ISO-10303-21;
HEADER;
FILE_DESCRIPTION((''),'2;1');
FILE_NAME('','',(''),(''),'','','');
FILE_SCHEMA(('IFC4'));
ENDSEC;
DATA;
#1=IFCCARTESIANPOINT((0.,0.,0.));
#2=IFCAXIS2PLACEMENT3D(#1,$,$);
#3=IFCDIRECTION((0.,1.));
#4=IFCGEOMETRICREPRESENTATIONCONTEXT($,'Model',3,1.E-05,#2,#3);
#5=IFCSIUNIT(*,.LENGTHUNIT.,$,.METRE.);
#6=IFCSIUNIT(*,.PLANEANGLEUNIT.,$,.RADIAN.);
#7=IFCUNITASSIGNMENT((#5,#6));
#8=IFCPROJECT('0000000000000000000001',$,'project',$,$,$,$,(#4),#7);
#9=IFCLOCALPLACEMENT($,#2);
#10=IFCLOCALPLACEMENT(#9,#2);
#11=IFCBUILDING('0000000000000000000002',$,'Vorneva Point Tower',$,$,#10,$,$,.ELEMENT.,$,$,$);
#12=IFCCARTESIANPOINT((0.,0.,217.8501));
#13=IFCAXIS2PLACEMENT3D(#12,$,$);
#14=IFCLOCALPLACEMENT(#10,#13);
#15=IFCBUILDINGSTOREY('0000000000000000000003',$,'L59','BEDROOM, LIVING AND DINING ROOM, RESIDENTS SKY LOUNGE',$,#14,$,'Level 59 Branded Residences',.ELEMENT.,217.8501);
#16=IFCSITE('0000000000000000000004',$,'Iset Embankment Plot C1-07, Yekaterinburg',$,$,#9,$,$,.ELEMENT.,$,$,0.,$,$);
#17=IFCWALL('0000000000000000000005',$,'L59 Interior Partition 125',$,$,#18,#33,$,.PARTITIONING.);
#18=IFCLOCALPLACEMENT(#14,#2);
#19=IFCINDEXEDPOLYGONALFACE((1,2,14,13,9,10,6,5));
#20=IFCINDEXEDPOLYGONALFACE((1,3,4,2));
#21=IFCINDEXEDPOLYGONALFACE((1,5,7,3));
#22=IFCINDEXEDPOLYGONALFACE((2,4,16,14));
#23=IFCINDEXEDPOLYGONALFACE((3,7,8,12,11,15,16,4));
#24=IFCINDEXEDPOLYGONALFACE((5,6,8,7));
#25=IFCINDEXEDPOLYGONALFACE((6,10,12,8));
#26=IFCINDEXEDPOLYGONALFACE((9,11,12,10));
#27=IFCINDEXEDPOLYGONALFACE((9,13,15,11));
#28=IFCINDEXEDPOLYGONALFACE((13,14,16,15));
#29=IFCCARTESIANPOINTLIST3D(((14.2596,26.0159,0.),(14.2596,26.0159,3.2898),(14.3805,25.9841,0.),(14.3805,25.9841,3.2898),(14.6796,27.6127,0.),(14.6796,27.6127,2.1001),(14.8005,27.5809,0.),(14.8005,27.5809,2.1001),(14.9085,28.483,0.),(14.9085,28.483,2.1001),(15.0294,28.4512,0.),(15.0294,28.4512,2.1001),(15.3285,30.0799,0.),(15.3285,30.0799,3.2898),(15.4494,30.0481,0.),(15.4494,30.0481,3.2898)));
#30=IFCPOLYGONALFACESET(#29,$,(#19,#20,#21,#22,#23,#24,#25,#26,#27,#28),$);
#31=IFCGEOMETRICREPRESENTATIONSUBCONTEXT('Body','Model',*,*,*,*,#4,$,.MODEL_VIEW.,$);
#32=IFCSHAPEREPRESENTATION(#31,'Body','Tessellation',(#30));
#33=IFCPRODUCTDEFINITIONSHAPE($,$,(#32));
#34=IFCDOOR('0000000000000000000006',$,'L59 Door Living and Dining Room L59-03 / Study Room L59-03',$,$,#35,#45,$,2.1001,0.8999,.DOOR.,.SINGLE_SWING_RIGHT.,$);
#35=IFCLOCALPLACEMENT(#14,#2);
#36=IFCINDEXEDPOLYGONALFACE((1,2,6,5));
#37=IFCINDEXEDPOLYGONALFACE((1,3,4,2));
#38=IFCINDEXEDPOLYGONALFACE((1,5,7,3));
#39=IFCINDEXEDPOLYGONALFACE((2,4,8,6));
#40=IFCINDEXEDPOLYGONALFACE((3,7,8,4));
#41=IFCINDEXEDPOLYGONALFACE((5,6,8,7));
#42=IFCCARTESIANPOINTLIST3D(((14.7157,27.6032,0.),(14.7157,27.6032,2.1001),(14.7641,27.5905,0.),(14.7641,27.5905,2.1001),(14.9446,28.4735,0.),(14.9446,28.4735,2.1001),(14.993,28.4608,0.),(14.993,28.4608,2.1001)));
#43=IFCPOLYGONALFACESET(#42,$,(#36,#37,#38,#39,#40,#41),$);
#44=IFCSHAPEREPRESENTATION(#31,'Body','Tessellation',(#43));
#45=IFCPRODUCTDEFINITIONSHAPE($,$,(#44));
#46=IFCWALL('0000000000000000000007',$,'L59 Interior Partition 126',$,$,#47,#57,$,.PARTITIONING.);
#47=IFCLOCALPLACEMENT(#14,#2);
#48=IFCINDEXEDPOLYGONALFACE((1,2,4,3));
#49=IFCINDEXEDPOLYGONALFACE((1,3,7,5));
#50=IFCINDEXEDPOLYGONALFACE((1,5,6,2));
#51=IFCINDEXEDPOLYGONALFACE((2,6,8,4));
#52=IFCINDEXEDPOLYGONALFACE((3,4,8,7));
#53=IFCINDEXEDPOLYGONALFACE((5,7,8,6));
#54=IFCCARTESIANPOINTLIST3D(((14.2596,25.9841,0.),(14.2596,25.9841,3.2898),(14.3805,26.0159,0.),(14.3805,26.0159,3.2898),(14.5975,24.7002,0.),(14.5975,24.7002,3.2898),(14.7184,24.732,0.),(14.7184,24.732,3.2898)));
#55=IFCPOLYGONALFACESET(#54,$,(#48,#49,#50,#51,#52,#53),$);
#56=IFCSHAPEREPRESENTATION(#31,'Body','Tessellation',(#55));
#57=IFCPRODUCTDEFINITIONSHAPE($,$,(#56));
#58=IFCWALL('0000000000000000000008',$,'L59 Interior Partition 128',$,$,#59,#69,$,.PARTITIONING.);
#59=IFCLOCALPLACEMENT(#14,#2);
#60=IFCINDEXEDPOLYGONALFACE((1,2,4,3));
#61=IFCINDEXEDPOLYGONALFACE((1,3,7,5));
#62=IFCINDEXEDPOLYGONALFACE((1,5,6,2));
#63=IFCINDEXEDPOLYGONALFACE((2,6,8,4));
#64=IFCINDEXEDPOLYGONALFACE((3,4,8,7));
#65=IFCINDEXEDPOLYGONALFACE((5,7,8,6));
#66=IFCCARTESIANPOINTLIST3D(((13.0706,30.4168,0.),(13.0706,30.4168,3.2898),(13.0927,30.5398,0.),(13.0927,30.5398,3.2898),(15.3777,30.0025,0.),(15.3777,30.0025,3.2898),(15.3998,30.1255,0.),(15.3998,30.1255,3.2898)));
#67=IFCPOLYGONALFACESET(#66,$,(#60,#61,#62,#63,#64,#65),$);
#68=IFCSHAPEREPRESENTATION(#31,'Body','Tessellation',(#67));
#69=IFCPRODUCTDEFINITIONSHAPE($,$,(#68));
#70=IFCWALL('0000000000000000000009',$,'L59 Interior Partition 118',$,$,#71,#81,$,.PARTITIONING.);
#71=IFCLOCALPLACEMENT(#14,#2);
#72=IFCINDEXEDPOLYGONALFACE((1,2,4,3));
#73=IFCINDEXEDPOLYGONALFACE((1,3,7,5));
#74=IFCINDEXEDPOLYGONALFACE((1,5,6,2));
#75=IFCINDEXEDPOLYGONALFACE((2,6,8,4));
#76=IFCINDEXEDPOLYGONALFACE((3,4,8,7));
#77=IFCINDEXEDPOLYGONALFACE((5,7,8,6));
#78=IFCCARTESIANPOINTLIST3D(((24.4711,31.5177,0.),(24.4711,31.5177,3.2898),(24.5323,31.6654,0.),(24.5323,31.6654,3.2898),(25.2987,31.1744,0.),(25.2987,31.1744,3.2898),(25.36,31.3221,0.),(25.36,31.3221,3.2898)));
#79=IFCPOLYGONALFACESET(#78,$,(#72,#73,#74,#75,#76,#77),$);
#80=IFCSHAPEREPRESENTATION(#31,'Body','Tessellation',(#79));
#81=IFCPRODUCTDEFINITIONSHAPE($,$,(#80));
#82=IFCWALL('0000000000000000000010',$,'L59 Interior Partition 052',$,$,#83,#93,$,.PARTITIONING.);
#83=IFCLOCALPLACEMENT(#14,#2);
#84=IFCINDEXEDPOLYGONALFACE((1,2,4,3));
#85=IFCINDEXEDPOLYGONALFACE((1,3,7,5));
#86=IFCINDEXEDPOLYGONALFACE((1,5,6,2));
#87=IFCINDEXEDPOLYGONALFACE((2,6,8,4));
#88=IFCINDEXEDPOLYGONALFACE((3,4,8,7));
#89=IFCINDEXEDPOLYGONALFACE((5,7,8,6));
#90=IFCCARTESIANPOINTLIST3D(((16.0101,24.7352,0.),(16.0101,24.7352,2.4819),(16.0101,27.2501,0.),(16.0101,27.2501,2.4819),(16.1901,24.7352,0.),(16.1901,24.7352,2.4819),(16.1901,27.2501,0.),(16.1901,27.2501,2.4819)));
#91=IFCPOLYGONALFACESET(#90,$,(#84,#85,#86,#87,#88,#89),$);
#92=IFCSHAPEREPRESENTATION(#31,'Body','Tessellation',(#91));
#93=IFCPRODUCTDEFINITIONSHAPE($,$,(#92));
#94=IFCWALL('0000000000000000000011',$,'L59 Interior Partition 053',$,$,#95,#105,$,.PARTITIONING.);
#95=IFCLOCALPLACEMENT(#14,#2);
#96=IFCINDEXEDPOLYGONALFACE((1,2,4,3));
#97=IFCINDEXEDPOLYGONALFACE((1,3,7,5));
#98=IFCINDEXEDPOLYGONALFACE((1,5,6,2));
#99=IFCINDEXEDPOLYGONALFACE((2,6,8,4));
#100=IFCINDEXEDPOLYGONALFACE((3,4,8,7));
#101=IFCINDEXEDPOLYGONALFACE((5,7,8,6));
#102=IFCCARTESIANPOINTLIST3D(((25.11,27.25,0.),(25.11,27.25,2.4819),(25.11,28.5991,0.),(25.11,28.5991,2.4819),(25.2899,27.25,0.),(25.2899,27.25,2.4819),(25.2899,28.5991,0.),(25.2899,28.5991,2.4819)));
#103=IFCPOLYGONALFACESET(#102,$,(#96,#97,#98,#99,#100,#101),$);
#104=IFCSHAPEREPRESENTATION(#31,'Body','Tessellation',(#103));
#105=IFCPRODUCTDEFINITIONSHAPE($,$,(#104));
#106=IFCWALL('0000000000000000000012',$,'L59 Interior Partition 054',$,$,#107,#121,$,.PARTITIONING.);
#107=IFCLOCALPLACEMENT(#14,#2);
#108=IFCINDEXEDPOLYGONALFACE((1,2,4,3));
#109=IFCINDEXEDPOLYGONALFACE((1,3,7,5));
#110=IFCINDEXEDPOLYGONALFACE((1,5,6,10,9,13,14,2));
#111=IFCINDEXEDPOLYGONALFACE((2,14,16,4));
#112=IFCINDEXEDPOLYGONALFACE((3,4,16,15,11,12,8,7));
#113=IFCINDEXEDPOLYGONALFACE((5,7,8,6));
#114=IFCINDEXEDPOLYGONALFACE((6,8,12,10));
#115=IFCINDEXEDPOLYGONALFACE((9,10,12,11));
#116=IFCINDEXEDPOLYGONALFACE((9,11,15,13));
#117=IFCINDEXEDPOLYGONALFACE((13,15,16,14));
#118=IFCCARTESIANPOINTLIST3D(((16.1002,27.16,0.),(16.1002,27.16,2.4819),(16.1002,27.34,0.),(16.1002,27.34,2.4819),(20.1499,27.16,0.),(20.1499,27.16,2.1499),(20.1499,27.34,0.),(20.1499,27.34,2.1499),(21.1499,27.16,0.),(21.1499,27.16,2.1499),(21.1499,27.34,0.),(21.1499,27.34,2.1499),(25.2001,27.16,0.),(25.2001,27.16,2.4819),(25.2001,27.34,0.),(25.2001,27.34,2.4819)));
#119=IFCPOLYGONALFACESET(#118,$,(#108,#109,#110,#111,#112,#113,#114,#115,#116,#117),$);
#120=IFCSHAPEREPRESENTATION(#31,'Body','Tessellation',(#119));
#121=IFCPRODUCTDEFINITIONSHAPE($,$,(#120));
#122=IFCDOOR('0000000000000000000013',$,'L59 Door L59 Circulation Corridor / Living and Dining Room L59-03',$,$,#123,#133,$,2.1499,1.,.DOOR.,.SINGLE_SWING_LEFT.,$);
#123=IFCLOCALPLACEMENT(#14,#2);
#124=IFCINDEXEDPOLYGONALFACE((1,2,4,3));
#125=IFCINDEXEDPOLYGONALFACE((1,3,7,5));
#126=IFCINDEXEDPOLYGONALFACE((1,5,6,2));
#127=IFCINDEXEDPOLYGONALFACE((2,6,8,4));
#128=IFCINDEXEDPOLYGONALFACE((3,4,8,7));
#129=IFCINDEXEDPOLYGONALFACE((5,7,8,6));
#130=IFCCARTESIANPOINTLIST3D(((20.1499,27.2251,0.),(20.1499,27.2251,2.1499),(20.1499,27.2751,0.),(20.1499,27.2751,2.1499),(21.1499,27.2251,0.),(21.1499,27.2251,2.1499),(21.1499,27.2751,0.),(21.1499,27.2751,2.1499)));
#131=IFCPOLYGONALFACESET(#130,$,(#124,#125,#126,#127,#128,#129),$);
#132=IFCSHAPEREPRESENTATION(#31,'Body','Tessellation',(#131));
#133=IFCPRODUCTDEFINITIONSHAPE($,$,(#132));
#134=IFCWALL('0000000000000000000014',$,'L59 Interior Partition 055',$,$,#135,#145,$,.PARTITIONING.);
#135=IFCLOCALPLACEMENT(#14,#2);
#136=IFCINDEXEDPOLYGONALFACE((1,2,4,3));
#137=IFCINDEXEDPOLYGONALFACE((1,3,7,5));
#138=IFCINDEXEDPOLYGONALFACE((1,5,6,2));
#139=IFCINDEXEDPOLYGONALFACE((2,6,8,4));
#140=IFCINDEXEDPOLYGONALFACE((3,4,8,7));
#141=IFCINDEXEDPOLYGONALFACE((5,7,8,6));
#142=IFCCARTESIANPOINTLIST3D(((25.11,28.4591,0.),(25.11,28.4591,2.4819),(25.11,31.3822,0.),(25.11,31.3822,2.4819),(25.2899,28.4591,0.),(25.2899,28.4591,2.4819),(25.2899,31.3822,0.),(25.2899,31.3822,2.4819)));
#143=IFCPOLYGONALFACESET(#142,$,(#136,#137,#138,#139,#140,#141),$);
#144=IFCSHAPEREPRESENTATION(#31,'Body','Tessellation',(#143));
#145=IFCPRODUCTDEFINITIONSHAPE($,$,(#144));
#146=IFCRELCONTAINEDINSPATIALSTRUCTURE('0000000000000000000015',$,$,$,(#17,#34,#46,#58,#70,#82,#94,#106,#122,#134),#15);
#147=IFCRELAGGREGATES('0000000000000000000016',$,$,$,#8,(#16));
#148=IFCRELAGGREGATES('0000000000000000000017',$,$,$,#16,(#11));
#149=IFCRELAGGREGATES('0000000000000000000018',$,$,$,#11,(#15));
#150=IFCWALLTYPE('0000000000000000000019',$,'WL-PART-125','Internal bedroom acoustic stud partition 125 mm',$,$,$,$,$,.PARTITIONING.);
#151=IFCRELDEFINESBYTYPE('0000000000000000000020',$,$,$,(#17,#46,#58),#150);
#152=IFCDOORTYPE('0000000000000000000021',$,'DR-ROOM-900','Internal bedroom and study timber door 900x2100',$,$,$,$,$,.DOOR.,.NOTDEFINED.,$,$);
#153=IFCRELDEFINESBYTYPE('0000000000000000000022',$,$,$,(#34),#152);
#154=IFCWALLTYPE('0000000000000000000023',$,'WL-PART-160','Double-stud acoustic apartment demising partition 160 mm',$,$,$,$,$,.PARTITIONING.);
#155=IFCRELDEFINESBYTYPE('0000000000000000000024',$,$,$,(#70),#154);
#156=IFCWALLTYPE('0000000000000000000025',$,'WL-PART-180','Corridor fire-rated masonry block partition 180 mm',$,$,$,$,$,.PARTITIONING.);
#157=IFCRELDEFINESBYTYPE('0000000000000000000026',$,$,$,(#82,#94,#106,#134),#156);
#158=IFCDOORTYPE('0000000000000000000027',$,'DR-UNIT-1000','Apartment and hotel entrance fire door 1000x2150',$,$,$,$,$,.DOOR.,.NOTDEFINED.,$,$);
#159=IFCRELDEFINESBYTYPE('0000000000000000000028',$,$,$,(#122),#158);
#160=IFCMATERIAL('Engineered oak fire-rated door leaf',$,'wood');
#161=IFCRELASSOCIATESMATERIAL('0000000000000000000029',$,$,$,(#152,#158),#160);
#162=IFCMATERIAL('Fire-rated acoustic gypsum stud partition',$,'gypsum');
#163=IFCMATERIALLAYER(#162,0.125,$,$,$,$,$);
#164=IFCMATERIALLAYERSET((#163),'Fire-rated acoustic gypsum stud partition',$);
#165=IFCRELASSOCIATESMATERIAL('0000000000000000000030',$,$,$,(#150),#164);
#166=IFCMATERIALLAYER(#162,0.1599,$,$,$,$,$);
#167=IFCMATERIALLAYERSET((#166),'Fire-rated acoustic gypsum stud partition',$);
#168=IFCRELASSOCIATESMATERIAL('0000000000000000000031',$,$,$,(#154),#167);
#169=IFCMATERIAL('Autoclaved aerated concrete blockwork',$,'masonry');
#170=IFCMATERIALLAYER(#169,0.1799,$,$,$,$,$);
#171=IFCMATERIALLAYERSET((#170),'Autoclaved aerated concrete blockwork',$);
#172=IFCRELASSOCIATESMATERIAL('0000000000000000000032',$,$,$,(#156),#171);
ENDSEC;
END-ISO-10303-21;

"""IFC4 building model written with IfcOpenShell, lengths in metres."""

from ifc_helpers import new_model, si_unit, direction, frame, frame_2d, origin, place, context, subcontext, project, spatial, rectangle, extrude, material, layer, layer_set, type_object, element, fill, save


model = new_model("IFC4")

# Units and contexts
model_context = context("Model", 3, precision=1e-05, world=origin(), true_north=direction((0.0, 1.0)))
body_context = subcontext(model_context, "Body", "Model", "MODEL_VIEW")
ifc_project = project(units=[si_unit("LENGTHUNIT", "METRE"), si_unit("PLANEANGLEUNIT", "RADIAN")], contexts=[model_context])

# Site, building, storey
site_placement = place(None, origin())
site = spatial("IfcSite", under=ifc_project, at=site_placement, Name="Iset Embankment Plot C1-07, Yekaterinburg", CompositionType="ELEMENT", RefElevation=0.0)
building_placement = place(site_placement, origin())
building = spatial("IfcBuilding", under=site, at=building_placement, Name="Vorneva Point Tower", CompositionType="ELEMENT")
storey_placement = place(building_placement, frame((0.0, 0.0, 217.8501)))
storey = spatial("IfcBuildingStorey", under=building, at=storey_placement, Name="L59", Description="BEDROOM, LIVING AND DINING ROOM, RESIDENTS SKY LOUNGE", LongName="Level 59 Branded Residences", CompositionType="ELEMENT", Elevation=217.8501)

# Shared definitions
ifc_material_1 = material(Name="Fire-rated acoustic gypsum stud partition", Category="gypsum")
ifc_material_2 = material(Name="Engineered oak fire-rated door leaf", Category="wood")

# Shared definitions
door_type_1 = type_object("IfcDoorType", Name="DR-ROOM-900", Description="Internal bedroom and study timber door 900x2100", OperationType="NOTDEFINED", PredefinedType="DOOR", material=ifc_material_2)

# Wall, opening, door
ifc_layer_1 = layer(ifc_material_1, 0.125)
ifc_layer_set_1 = layer_set([ifc_layer_1], Name="Fire-rated acoustic gypsum stud partition")
wall_type_1 = type_object("IfcWallType", Name="WL-PART-125", Description="Internal bedroom acoustic stud partition 125 mm", PredefinedType="PARTITIONING", material=ifc_layer_set_1)
wall_1_placement = place(storey_placement, frame((15.3889, 30.064, 0.0), z_axis=(0.0, 0.0, 1.0), x_axis=(-0.254356, -0.967111, 0.0)))
wall_1 = element("IfcWall", 1, at=wall_1_placement, inside=storey, type_object=wall_type_1, Name="L59 Interior Partition 125", PredefinedType="PARTITIONING", context=body_context, shape_type="SweptSolid", body=[
    extrude(rectangle(XDim=4.2021, YDim=0.125, at=frame_2d((2.1011, 0.0))), origin(), (0.0, 0.0, 1.0), 3.2898),
])
opening_1_placement = place(wall_1_placement, frame((1.6511, 0.0, 0.0)))
opening_1 = element("IfcOpeningElement", 2, at=opening_1_placement, cuts=wall_1, PredefinedType="OPENING", context=body_context, shape_type="SweptSolid", body=[
    extrude(rectangle(XDim=0.8999, YDim=2.1001, at=frame_2d((0.45, 1.05))), frame((0.0, 0.0774, 0.0), z_axis=(0.0, -1.0, 0.0), x_axis=(1.0, 0.0, 0.0)), (0.0, 0.0, 1.0), 0.1548),
])
door_1_placement = place(opening_1_placement, origin())
door_1 = element("IfcDoor", 3, at=door_1_placement, inside=storey, type_object=door_type_1, Name="L59 Door Living and Dining Room L59-03 / Study Room L59-03", OperationType="SINGLE_SWING_RIGHT", OverallHeight=2.1001, OverallWidth=0.8999, PredefinedType="DOOR", context=body_context, shape_type="SweptSolid", body=[
    extrude(rectangle(XDim=0.8999, YDim=2.1001, at=frame_2d((0.45, 1.05))), frame((0.0, 0.0249, 0.0), z_axis=(0.0, -1.0, 0.0), x_axis=(1.0, 0.0, 0.0)), (0.0, 0.0, 1.0), 0.05),
])
fill(opening_1, door_1)

# Walls
wall_2_placement = place(storey_placement, frame((14.3201, 26.0, 0.0), z_axis=(0.0, 0.0, 1.0), x_axis=(0.254502, -0.967072, 0.0)))
element("IfcWall", 4, at=wall_2_placement, inside=storey, type_object=wall_type_1, Name="L59 Interior Partition 126", PredefinedType="PARTITIONING", context=body_context, shape_type="SweptSolid", body=[
    extrude(rectangle(XDim=1.3276, YDim=0.125, at=frame_2d((0.6638, 0.0))), origin(), (0.0, 0.0, 1.0), 3.2898),
])
wall_3_placement = place(storey_placement, frame((13.0818, 30.4783, 0.0), z_axis=(0.0, 0.0, 1.0), x_axis=(0.984256, -0.176749, 0.0)))
element("IfcWall", 5, at=wall_3_placement, inside=storey, type_object=wall_type_1, Name="L59 Interior Partition 128", PredefinedType="PARTITIONING", context=body_context, shape_type="SweptSolid", body=[
    extrude(rectangle(XDim=2.344, YDim=0.125, at=frame_2d((1.1719, 0.0))), origin(), (0.0, 0.0, 1.0), 3.2898),
])
ifc_layer_2 = layer(ifc_material_1, 0.1599)
ifc_layer_set_2 = layer_set([ifc_layer_2], Name="Fire-rated acoustic gypsum stud partition")
wall_type_2 = type_object("IfcWallType", Name="WL-PART-160", Description="Double-stud acoustic apartment demising partition 160 mm", PredefinedType="PARTITIONING", material=ifc_layer_set_2)
wall_4_placement = place(storey_placement, frame((24.5017, 31.5916, 0.0), z_axis=(0.0, 0.0, 1.0), x_axis=(0.923704, -0.383106, 0.0)))
element("IfcWall", 6, at=wall_4_placement, inside=storey, type_object=wall_type_2, Name="L59 Interior Partition 118", PredefinedType="PARTITIONING", context=body_context, shape_type="SweptSolid", body=[
    extrude(rectangle(XDim=0.896, YDim=0.1599, at=frame_2d((0.448, 0.0))), origin(), (0.0, 0.0, 1.0), 3.2898),
])
ifc_material_3 = material(Name="Autoclaved aerated concrete blockwork", Category="masonry")
ifc_layer_3 = layer(ifc_material_3, 0.1799)
ifc_layer_set_3 = layer_set([ifc_layer_3], Name="Autoclaved aerated concrete blockwork")
wall_type_3 = type_object("IfcWallType", Name="WL-PART-180", Description="Corridor fire-rated masonry block partition 180 mm", PredefinedType="PARTITIONING", material=ifc_layer_set_3)
wall_5_placement = place(storey_placement, frame((16.1001, 27.25, 0.0), z_axis=(0.0, 0.0, 1.0), x_axis=(0.0, -1.0, 0.0)))
element("IfcWall", 7, at=wall_5_placement, inside=storey, type_object=wall_type_3, Name="L59 Interior Partition 052", PredefinedType="PARTITIONING", context=body_context, shape_type="SweptSolid", body=[
    extrude(rectangle(XDim=2.5149, YDim=0.1799, at=frame_2d((1.2573, 0.0))), origin(), (0.0, 0.0, 1.0), 2.4819),
])
wall_6_placement = place(storey_placement, frame((25.2, 28.5991, 0.0), z_axis=(0.0, 0.0, 1.0), x_axis=(0.0, -1.0, 0.0)))
element("IfcWall", 8, at=wall_6_placement, inside=storey, type_object=wall_type_3, Name="L59 Interior Partition 053", PredefinedType="PARTITIONING", context=body_context, shape_type="SweptSolid", body=[
    extrude(rectangle(XDim=1.3491, YDim=0.1799, at=frame_2d((0.6746, 0.0))), origin(), (0.0, 0.0, 1.0), 2.4819),
])

# Wall, opening, door
wall_7_placement = place(storey_placement, frame((25.2, 27.25, 0.0), z_axis=(0.0, 0.0, 1.0), x_axis=(-1.0, 0.0, 0.0)))
wall_7 = element("IfcWall", 9, at=wall_7_placement, inside=storey, type_object=wall_type_3, Name="L59 Interior Partition 054", PredefinedType="PARTITIONING", context=body_context, shape_type="SweptSolid", body=[
    extrude(rectangle(XDim=9.0999, YDim=0.1799, at=frame_2d((4.5498, 0.0))), origin(), (0.0, 0.0, 1.0), 2.4819),
])
opening_2_placement = place(wall_7_placement, frame((4.05, 0.0, 0.0)))
opening_2 = element("IfcOpeningElement", 10, at=opening_2_placement, cuts=wall_7, PredefinedType="OPENING", context=body_context, shape_type="SweptSolid", body=[
    extrude(rectangle(XDim=1.0, YDim=2.1499, at=frame_2d((0.5, 1.075))), frame((0.0, 0.105, 0.0), z_axis=(0.0, -1.0, 0.0), x_axis=(1.0, 0.0, 0.0)), (0.0, 0.0, 1.0), 0.2097),
])
door_type_2 = type_object("IfcDoorType", Name="DR-UNIT-1000", Description="Apartment and hotel entrance fire door 1000x2150", OperationType="NOTDEFINED", PredefinedType="DOOR", material=ifc_material_2)
door_2_placement = place(opening_2_placement, origin())
door_2 = element("IfcDoor", 11, at=door_2_placement, inside=storey, type_object=door_type_2, Name="L59 Door L59 Circulation Corridor / Living and Dining Room L59-03", OperationType="SINGLE_SWING_LEFT", OverallHeight=2.1499, OverallWidth=1.0, PredefinedType="DOOR", context=body_context, shape_type="SweptSolid", body=[
    extrude(rectangle(XDim=1.0, YDim=2.1499, at=frame_2d((0.5, 1.075))), frame((0.0, 0.0249, 0.0), z_axis=(0.0, -1.0, 0.0), x_axis=(1.0, 0.0, 0.0)), (0.0, 0.0, 1.0), 0.05),
])
fill(opening_2, door_2)

# Wall
wall_8_placement = place(storey_placement, frame((25.2, 31.3821, 0.0), z_axis=(0.0, 0.0, 1.0), x_axis=(0.0, -1.0, 0.0)))
element("IfcWall", 12, at=wall_8_placement, inside=storey, type_object=wall_type_3, Name="L59 Interior Partition 055", PredefinedType="PARTITIONING", context=body_context, shape_type="SweptSolid", body=[
    extrude(rectangle(XDim=2.9231, YDim=0.1799, at=frame_2d((1.4614, 0.0))), origin(), (0.0, 0.0, 1.0), 2.4819),
])

save(model, "model.ifc")
